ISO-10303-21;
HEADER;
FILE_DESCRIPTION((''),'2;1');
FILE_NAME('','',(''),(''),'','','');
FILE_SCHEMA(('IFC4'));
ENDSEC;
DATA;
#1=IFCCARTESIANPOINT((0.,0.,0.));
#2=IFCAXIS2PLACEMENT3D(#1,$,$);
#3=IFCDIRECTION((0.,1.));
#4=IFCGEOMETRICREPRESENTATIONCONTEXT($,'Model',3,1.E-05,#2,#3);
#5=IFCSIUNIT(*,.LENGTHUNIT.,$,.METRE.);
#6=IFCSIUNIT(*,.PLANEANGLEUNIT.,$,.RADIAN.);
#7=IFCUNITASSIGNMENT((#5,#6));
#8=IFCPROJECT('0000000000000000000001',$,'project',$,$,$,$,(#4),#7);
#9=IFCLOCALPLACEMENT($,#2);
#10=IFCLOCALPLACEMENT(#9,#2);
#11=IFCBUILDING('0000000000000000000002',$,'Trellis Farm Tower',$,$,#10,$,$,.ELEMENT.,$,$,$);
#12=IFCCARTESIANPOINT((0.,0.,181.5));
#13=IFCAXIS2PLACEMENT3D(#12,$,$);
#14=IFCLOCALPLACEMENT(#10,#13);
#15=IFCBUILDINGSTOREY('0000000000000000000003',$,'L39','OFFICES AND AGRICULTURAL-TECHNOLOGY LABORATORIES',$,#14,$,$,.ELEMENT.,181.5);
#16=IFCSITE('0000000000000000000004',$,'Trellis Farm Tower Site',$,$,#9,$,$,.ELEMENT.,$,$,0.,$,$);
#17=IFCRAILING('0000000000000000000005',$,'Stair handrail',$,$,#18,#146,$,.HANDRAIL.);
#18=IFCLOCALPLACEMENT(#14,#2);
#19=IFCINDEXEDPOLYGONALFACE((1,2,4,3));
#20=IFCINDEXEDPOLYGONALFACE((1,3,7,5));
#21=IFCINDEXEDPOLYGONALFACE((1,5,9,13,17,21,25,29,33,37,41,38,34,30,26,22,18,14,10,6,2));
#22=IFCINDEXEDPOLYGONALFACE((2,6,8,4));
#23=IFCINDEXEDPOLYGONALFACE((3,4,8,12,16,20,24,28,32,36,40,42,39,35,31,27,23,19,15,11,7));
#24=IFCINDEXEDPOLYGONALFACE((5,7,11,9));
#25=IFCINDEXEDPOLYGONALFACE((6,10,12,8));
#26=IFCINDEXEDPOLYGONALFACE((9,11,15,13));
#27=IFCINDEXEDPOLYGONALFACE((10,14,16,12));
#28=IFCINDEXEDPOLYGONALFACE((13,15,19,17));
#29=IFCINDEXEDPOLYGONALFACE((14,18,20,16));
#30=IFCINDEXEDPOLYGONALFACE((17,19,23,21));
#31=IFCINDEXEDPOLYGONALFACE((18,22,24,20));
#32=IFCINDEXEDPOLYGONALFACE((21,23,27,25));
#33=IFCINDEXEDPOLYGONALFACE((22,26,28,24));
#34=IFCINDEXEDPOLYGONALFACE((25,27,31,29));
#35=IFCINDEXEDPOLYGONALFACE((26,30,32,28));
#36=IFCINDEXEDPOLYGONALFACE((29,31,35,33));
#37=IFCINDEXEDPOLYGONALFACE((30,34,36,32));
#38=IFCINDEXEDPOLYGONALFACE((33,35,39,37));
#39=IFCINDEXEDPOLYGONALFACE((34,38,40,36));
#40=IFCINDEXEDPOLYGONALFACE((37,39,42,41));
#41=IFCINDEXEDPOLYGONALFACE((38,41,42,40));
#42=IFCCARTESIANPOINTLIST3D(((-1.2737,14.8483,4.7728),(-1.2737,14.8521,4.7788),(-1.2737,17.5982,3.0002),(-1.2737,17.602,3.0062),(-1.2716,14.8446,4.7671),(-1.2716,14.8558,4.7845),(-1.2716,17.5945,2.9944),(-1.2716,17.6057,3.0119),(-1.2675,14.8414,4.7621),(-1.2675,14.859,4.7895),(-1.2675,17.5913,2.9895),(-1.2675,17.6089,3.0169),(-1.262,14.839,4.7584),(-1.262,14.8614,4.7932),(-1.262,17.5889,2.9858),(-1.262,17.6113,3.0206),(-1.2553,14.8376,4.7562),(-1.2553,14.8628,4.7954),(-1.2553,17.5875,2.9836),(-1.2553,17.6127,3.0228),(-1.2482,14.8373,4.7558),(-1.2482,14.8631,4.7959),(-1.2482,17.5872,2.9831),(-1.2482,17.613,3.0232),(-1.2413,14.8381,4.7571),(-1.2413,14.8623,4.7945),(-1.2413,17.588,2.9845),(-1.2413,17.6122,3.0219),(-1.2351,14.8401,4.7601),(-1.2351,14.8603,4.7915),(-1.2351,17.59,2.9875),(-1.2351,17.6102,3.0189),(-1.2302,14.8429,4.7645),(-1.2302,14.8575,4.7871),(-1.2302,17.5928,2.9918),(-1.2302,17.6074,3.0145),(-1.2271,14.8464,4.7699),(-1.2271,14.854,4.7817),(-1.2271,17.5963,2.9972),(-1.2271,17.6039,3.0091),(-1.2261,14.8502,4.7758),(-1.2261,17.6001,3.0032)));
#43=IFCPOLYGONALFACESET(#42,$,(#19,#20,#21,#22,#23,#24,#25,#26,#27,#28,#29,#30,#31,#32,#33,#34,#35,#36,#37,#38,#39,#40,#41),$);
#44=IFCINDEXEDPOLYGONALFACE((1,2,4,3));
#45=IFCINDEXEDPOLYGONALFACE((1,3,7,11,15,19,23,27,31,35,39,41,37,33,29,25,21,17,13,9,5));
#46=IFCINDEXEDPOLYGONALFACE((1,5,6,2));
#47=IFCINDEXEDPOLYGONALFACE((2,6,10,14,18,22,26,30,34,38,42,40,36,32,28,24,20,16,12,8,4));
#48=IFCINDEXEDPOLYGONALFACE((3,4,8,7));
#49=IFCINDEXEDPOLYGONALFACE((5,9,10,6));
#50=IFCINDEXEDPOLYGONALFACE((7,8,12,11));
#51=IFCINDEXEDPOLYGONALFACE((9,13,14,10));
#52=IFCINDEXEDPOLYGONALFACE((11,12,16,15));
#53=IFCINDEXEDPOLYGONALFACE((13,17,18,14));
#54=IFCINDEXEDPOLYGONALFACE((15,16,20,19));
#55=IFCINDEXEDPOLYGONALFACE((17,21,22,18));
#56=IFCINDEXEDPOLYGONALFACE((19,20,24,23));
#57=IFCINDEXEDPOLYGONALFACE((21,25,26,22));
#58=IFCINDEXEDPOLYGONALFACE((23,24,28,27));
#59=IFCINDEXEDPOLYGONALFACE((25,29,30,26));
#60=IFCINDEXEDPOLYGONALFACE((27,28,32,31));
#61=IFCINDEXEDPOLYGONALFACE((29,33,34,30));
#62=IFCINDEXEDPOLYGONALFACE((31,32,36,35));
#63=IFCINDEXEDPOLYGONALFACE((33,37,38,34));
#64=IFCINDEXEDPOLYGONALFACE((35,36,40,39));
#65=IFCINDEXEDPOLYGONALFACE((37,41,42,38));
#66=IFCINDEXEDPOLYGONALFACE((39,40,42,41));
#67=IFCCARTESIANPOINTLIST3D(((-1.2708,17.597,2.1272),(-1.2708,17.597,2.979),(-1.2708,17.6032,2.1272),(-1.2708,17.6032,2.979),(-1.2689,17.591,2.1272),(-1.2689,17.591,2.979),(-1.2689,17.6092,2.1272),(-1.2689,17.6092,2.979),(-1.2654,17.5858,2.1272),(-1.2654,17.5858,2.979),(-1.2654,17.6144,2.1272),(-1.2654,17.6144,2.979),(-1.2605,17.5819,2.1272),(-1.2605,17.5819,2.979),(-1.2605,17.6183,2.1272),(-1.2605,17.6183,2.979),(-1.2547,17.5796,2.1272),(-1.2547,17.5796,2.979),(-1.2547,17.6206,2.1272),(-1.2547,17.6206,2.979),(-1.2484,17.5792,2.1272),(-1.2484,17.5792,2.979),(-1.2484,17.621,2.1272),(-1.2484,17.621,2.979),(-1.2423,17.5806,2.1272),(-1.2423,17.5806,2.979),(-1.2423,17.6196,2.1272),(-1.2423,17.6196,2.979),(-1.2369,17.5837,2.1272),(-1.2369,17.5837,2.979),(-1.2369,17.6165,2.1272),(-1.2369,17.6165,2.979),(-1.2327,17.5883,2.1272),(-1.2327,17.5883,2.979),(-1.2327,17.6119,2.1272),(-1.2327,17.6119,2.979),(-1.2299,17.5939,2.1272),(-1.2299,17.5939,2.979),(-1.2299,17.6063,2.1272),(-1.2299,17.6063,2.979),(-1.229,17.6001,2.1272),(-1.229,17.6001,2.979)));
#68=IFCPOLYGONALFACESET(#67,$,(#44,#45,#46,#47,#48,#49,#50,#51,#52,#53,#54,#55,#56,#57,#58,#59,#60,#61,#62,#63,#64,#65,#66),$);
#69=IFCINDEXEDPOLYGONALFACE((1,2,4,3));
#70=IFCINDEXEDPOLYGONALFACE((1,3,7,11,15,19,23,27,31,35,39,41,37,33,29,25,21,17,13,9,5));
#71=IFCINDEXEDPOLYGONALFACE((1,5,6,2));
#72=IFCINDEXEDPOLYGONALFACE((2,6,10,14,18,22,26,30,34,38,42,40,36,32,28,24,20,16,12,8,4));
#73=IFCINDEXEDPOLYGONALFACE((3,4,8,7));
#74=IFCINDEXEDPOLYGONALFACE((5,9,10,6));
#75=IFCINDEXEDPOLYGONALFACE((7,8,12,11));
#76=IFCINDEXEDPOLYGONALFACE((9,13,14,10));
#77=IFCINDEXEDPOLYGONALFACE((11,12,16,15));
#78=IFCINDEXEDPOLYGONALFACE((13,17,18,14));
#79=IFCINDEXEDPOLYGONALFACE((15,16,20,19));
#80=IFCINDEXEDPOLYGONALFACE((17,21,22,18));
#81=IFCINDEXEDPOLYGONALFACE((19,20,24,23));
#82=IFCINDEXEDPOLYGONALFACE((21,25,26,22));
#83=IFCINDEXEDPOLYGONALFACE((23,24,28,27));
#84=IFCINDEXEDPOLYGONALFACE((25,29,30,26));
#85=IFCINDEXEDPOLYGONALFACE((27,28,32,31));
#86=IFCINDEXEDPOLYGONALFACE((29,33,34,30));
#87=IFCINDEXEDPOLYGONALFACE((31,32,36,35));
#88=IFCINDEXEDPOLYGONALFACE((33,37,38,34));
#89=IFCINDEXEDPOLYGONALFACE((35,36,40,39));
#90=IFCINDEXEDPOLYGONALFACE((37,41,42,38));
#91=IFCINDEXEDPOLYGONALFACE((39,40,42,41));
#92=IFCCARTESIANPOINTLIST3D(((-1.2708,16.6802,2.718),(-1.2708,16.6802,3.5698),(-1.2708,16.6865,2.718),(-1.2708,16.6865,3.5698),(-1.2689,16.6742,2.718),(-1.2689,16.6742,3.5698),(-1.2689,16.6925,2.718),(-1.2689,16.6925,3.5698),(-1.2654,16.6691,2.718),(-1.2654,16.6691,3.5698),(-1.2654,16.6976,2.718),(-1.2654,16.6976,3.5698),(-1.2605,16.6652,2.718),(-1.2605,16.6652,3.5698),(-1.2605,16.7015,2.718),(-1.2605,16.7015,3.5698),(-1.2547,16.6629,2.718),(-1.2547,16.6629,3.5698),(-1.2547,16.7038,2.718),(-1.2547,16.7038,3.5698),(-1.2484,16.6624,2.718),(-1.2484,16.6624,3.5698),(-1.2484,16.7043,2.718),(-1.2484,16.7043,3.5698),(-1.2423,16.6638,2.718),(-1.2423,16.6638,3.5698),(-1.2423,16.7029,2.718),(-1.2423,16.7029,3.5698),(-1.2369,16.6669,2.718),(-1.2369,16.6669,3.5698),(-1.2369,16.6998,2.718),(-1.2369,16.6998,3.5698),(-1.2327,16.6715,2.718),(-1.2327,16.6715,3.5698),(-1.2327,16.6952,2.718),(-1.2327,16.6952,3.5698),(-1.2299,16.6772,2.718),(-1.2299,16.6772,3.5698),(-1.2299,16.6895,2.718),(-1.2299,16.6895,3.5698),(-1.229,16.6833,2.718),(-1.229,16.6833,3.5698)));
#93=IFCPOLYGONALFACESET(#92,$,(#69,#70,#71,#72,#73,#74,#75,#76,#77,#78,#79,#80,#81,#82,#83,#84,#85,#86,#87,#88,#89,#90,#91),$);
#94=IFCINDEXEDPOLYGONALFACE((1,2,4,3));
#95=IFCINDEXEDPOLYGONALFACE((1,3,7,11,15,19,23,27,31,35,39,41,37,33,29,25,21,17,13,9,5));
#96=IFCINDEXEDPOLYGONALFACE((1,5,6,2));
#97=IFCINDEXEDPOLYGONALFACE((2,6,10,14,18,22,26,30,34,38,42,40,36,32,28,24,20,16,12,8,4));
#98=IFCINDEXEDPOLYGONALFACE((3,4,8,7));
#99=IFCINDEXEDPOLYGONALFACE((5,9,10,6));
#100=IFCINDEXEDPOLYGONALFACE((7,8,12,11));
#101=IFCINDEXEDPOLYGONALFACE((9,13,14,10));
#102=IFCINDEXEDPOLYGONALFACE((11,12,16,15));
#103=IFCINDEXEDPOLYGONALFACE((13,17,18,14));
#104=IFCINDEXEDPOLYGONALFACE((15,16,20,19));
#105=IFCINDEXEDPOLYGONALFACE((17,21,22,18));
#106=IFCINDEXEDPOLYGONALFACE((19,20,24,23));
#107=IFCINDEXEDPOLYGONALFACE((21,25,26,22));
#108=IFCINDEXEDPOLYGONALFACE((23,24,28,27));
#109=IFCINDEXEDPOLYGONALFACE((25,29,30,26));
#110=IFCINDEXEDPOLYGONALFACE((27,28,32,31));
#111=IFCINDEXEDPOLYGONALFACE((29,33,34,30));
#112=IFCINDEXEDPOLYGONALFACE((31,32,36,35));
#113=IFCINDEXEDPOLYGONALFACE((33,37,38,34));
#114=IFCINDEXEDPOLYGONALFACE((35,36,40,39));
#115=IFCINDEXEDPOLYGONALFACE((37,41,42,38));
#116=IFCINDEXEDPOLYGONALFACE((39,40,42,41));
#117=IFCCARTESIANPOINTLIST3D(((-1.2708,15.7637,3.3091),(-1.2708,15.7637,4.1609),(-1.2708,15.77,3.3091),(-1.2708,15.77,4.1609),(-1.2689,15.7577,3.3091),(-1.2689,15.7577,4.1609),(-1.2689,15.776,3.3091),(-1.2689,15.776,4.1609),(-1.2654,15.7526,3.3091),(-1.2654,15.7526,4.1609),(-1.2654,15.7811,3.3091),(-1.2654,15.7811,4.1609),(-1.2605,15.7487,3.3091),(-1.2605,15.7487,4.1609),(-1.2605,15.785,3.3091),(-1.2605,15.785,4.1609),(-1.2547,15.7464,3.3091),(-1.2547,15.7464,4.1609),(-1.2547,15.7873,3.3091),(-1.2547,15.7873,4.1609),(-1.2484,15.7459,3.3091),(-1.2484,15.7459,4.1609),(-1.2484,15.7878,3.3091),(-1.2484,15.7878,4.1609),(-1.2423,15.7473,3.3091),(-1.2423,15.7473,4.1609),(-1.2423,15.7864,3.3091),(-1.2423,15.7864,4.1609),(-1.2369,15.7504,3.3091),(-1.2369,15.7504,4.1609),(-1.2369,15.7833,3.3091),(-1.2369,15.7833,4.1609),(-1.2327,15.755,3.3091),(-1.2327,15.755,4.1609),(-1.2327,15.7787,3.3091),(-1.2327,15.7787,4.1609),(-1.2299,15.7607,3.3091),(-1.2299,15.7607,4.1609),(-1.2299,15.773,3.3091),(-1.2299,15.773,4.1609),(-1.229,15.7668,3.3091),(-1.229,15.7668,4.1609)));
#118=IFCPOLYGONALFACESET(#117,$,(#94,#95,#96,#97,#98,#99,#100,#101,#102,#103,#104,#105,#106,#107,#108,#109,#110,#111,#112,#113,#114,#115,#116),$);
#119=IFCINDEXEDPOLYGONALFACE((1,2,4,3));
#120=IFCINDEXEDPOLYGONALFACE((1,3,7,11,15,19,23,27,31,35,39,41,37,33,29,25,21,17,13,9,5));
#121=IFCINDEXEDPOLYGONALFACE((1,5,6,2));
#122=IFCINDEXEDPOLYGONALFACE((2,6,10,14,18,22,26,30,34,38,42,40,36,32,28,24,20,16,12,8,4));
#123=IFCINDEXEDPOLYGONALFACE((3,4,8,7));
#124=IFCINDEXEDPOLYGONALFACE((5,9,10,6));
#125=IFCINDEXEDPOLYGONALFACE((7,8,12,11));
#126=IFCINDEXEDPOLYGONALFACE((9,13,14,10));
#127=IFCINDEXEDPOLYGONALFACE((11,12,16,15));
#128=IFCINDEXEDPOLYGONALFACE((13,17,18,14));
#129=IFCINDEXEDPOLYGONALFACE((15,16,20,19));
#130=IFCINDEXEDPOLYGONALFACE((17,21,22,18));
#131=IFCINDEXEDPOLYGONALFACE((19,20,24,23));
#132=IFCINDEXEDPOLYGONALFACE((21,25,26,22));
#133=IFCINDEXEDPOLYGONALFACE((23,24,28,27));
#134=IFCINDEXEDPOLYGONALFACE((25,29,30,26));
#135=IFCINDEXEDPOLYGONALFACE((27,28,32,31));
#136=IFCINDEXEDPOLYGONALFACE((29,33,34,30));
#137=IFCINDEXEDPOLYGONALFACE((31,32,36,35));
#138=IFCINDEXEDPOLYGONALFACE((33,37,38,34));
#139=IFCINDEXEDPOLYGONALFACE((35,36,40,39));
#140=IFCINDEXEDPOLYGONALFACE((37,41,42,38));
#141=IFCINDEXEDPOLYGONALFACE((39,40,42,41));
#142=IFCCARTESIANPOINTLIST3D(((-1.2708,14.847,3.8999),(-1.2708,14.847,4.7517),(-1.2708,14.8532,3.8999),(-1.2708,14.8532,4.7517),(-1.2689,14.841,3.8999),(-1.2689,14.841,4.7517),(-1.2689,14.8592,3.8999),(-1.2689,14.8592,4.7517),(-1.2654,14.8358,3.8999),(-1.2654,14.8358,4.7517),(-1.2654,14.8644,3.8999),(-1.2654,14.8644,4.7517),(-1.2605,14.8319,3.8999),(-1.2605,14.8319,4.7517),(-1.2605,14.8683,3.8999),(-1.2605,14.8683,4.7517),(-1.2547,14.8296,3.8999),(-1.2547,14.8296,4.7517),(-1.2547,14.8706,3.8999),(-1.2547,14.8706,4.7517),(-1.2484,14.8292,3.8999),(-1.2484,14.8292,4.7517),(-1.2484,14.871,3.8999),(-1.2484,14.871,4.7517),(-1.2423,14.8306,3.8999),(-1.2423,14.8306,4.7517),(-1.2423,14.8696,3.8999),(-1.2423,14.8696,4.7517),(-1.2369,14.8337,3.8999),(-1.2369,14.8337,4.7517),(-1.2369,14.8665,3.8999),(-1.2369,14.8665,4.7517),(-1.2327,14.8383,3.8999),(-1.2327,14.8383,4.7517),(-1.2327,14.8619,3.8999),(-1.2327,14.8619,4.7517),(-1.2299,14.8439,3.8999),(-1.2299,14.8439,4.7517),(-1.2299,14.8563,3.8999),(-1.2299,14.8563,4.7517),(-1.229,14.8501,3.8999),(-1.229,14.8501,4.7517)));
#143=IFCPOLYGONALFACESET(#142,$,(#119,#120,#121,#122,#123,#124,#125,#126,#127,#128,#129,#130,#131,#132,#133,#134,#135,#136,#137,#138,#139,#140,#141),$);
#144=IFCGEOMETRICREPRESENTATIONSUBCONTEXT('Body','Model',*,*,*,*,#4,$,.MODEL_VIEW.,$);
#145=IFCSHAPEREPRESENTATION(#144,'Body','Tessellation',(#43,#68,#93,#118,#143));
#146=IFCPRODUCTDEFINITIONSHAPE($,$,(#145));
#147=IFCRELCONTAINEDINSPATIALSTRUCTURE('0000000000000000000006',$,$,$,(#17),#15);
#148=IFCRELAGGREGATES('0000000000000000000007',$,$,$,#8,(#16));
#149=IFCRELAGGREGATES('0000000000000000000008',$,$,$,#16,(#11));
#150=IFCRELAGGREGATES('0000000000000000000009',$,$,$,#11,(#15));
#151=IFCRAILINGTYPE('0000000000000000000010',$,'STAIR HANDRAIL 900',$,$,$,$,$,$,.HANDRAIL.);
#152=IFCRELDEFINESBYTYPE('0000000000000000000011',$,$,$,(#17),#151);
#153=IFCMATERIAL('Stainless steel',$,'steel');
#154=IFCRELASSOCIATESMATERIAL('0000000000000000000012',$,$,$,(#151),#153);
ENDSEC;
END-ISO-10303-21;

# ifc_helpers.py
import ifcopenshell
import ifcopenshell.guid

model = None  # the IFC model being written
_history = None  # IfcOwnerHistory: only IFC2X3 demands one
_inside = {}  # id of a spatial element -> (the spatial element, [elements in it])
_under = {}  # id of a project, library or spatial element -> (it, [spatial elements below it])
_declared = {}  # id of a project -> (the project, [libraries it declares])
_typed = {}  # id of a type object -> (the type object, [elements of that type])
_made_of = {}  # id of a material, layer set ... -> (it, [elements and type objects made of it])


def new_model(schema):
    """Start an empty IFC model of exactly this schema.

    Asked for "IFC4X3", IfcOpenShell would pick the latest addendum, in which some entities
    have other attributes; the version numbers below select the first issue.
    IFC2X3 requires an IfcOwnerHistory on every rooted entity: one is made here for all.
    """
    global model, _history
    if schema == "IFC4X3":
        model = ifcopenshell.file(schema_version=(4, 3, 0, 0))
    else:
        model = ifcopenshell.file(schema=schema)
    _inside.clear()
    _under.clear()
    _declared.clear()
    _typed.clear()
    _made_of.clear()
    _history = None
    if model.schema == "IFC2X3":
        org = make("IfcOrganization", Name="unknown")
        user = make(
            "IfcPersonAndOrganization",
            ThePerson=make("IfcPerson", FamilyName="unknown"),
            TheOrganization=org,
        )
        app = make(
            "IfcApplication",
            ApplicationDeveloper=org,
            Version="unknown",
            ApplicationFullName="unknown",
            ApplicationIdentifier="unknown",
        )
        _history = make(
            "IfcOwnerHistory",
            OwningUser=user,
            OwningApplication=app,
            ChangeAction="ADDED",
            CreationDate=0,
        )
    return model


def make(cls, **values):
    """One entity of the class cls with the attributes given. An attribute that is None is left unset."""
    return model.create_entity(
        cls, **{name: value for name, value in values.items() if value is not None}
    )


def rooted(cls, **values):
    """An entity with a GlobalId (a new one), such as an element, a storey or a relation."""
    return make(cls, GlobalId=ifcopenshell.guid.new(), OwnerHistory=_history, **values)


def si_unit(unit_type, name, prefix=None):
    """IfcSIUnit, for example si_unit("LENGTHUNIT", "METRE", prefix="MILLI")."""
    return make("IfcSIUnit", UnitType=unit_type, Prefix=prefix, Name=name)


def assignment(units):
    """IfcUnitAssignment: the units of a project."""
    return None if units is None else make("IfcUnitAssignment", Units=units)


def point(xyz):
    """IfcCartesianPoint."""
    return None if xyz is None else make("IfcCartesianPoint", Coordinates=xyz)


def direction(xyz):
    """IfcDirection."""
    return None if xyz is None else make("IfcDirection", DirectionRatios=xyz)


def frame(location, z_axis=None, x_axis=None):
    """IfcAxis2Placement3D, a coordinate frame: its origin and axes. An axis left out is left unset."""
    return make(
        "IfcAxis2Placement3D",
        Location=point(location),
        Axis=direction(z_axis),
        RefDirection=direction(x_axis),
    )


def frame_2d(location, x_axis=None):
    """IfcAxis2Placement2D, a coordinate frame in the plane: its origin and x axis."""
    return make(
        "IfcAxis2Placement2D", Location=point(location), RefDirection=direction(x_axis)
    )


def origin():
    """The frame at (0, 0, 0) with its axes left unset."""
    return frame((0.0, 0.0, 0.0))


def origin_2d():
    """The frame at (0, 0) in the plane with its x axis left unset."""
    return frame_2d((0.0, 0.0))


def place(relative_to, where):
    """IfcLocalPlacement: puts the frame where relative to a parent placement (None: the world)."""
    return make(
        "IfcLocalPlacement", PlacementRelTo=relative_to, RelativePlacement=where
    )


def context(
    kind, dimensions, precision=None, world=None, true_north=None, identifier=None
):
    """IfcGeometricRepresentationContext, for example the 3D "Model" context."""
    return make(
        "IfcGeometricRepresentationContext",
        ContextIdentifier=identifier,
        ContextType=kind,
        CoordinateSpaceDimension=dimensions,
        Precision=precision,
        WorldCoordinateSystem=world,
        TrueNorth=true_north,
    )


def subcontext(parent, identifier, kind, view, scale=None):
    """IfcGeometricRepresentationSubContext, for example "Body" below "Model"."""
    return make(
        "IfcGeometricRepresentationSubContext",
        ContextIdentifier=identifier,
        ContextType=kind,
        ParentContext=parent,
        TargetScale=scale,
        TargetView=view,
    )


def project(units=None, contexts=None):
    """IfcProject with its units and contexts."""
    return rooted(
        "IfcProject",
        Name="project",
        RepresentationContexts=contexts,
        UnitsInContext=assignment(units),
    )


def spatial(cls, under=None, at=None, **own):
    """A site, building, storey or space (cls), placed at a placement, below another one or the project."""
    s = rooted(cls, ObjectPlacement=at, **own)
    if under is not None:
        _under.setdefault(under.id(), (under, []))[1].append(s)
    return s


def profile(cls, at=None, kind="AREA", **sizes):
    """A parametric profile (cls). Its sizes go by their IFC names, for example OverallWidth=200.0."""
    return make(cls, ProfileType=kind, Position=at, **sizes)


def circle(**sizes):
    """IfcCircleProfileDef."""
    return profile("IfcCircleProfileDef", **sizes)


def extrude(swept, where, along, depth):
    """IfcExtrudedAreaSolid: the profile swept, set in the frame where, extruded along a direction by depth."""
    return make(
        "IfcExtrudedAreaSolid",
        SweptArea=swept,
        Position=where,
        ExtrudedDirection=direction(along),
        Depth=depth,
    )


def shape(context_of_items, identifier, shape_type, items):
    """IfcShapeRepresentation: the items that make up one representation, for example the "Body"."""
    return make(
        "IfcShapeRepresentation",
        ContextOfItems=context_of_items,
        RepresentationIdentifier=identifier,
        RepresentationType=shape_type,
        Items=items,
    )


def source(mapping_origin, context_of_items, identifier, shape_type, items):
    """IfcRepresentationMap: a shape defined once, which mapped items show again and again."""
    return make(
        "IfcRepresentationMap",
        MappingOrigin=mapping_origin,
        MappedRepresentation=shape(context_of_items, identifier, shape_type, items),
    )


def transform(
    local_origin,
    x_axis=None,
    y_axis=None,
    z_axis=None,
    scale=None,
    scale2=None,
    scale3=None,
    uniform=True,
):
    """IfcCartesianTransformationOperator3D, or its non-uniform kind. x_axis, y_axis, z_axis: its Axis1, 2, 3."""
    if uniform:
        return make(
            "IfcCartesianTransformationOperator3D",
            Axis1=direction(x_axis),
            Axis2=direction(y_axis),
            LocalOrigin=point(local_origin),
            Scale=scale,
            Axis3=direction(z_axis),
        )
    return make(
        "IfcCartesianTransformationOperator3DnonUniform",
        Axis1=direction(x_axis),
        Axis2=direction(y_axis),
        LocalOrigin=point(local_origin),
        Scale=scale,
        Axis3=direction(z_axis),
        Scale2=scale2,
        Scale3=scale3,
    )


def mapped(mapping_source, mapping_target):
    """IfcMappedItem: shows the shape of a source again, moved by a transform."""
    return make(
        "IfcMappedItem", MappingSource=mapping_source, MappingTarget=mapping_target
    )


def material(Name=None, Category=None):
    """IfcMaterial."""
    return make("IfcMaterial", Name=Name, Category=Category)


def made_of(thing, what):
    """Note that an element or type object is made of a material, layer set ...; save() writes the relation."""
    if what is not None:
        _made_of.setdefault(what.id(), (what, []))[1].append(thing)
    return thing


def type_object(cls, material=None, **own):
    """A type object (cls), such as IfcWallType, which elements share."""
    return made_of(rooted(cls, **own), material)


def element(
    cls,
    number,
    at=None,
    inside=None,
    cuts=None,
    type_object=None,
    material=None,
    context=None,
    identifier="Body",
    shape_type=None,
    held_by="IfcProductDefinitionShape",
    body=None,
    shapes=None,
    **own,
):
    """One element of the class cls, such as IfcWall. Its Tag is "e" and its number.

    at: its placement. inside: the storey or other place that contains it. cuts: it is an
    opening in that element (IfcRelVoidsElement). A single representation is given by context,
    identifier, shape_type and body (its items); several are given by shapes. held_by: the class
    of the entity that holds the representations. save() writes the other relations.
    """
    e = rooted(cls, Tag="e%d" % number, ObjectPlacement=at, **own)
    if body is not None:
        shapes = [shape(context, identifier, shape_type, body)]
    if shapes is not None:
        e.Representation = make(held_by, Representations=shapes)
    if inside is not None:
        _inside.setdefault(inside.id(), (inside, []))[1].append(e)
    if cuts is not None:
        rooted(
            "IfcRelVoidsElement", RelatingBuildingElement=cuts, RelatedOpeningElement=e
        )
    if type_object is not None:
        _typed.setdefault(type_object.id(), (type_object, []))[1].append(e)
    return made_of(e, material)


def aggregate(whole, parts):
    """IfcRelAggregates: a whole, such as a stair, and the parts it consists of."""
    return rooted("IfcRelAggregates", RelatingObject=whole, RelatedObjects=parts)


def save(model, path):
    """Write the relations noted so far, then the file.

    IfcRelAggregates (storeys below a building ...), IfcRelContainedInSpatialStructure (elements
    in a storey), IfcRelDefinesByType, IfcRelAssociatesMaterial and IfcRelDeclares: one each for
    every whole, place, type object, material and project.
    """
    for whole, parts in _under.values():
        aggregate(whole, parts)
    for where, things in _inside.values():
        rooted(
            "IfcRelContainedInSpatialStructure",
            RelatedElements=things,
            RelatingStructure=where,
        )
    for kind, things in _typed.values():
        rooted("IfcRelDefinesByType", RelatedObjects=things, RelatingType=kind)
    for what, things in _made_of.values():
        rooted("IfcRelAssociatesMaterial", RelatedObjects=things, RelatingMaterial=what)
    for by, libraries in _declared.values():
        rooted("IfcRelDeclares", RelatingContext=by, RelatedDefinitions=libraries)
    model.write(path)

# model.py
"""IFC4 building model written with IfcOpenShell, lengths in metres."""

from ifc_helpers import new_model, si_unit, direction, frame, origin, origin_2d, place, context, subcontext, project, spatial, circle, extrude, source, transform, mapped, material, type_object, element, save


model = new_model("IFC4")

# Units and contexts
model_context = context("Model", 3, precision=1e-05, world=origin(), true_north=direction((0.0, 1.0)))
body_context = subcontext(model_context, "Body", "Model", "MODEL_VIEW")
ifc_project = project(units=[si_unit("LENGTHUNIT", "METRE"), si_unit("PLANEANGLEUNIT", "RADIAN")], contexts=[model_context])

# Site, building, storey
site_placement = place(None, origin())
site = spatial("IfcSite", under=ifc_project, at=site_placement, Name="Trellis Farm Tower Site", CompositionType="ELEMENT", RefElevation=0.0)
building_placement = place(site_placement, origin())
building = spatial("IfcBuilding", under=site, at=building_placement, Name="Trellis Farm Tower", CompositionType="ELEMENT")
storey_placement = place(building_placement, frame((0.0, 0.0, 181.5)))
storey = spatial("IfcBuildingStorey", under=building, at=storey_placement, Name="L39", Description="OFFICES AND AGRICULTURAL-TECHNOLOGY LABORATORIES", CompositionType="ELEMENT", Elevation=181.5)

# Railing
ifc_material_1 = material(Name="Stainless steel", Category="steel")
railing_type = type_object("IfcRailingType", Name="STAIR HANDRAIL 900", PredefinedType="HANDRAIL", material=ifc_material_1)
shared_shape_1 = source(origin(), body_context, "Body", "SweptSolid", [
    extrude(circle(Radius=0.0239, at=origin_2d()), frame((0.0, 0.0, 0.876), z_axis=(0.0, -0.840504, 0.541806), x_axis=(1.0, 0.0, 0.0)), (0.0, 0.0, 1.0), 3.2717),
    extrude(circle(Radius=0.021, at=origin_2d()), origin(), (0.0, 0.0, 1.0), 0.8518),
    extrude(circle(Radius=0.021, at=origin_2d()), frame((0.0, -0.9167, 0.5908)), (0.0, 0.0, 1.0), 0.8518),
    extrude(circle(Radius=0.021, at=origin_2d()), frame((0.0, -1.8333, 1.1819)), (0.0, 0.0, 1.0), 0.8518),
    extrude(circle(Radius=0.021, at=origin_2d()), frame((0.0, -2.75, 1.7727)), (0.0, 0.0, 1.0), 0.8518),
])
railing_placement = place(storey_placement, frame((-1.25, 17.6001, 2.1272)))
element("IfcRailing", 1, at=railing_placement, inside=storey, type_object=railing_type, Name="Stair handrail", PredefinedType="HANDRAIL", context=body_context, shape_type="MappedRepresentation", body=[
    mapped(shared_shape_1, transform((0.0, 0.0, 0.0))),
])

save(model, "model.ifc")
